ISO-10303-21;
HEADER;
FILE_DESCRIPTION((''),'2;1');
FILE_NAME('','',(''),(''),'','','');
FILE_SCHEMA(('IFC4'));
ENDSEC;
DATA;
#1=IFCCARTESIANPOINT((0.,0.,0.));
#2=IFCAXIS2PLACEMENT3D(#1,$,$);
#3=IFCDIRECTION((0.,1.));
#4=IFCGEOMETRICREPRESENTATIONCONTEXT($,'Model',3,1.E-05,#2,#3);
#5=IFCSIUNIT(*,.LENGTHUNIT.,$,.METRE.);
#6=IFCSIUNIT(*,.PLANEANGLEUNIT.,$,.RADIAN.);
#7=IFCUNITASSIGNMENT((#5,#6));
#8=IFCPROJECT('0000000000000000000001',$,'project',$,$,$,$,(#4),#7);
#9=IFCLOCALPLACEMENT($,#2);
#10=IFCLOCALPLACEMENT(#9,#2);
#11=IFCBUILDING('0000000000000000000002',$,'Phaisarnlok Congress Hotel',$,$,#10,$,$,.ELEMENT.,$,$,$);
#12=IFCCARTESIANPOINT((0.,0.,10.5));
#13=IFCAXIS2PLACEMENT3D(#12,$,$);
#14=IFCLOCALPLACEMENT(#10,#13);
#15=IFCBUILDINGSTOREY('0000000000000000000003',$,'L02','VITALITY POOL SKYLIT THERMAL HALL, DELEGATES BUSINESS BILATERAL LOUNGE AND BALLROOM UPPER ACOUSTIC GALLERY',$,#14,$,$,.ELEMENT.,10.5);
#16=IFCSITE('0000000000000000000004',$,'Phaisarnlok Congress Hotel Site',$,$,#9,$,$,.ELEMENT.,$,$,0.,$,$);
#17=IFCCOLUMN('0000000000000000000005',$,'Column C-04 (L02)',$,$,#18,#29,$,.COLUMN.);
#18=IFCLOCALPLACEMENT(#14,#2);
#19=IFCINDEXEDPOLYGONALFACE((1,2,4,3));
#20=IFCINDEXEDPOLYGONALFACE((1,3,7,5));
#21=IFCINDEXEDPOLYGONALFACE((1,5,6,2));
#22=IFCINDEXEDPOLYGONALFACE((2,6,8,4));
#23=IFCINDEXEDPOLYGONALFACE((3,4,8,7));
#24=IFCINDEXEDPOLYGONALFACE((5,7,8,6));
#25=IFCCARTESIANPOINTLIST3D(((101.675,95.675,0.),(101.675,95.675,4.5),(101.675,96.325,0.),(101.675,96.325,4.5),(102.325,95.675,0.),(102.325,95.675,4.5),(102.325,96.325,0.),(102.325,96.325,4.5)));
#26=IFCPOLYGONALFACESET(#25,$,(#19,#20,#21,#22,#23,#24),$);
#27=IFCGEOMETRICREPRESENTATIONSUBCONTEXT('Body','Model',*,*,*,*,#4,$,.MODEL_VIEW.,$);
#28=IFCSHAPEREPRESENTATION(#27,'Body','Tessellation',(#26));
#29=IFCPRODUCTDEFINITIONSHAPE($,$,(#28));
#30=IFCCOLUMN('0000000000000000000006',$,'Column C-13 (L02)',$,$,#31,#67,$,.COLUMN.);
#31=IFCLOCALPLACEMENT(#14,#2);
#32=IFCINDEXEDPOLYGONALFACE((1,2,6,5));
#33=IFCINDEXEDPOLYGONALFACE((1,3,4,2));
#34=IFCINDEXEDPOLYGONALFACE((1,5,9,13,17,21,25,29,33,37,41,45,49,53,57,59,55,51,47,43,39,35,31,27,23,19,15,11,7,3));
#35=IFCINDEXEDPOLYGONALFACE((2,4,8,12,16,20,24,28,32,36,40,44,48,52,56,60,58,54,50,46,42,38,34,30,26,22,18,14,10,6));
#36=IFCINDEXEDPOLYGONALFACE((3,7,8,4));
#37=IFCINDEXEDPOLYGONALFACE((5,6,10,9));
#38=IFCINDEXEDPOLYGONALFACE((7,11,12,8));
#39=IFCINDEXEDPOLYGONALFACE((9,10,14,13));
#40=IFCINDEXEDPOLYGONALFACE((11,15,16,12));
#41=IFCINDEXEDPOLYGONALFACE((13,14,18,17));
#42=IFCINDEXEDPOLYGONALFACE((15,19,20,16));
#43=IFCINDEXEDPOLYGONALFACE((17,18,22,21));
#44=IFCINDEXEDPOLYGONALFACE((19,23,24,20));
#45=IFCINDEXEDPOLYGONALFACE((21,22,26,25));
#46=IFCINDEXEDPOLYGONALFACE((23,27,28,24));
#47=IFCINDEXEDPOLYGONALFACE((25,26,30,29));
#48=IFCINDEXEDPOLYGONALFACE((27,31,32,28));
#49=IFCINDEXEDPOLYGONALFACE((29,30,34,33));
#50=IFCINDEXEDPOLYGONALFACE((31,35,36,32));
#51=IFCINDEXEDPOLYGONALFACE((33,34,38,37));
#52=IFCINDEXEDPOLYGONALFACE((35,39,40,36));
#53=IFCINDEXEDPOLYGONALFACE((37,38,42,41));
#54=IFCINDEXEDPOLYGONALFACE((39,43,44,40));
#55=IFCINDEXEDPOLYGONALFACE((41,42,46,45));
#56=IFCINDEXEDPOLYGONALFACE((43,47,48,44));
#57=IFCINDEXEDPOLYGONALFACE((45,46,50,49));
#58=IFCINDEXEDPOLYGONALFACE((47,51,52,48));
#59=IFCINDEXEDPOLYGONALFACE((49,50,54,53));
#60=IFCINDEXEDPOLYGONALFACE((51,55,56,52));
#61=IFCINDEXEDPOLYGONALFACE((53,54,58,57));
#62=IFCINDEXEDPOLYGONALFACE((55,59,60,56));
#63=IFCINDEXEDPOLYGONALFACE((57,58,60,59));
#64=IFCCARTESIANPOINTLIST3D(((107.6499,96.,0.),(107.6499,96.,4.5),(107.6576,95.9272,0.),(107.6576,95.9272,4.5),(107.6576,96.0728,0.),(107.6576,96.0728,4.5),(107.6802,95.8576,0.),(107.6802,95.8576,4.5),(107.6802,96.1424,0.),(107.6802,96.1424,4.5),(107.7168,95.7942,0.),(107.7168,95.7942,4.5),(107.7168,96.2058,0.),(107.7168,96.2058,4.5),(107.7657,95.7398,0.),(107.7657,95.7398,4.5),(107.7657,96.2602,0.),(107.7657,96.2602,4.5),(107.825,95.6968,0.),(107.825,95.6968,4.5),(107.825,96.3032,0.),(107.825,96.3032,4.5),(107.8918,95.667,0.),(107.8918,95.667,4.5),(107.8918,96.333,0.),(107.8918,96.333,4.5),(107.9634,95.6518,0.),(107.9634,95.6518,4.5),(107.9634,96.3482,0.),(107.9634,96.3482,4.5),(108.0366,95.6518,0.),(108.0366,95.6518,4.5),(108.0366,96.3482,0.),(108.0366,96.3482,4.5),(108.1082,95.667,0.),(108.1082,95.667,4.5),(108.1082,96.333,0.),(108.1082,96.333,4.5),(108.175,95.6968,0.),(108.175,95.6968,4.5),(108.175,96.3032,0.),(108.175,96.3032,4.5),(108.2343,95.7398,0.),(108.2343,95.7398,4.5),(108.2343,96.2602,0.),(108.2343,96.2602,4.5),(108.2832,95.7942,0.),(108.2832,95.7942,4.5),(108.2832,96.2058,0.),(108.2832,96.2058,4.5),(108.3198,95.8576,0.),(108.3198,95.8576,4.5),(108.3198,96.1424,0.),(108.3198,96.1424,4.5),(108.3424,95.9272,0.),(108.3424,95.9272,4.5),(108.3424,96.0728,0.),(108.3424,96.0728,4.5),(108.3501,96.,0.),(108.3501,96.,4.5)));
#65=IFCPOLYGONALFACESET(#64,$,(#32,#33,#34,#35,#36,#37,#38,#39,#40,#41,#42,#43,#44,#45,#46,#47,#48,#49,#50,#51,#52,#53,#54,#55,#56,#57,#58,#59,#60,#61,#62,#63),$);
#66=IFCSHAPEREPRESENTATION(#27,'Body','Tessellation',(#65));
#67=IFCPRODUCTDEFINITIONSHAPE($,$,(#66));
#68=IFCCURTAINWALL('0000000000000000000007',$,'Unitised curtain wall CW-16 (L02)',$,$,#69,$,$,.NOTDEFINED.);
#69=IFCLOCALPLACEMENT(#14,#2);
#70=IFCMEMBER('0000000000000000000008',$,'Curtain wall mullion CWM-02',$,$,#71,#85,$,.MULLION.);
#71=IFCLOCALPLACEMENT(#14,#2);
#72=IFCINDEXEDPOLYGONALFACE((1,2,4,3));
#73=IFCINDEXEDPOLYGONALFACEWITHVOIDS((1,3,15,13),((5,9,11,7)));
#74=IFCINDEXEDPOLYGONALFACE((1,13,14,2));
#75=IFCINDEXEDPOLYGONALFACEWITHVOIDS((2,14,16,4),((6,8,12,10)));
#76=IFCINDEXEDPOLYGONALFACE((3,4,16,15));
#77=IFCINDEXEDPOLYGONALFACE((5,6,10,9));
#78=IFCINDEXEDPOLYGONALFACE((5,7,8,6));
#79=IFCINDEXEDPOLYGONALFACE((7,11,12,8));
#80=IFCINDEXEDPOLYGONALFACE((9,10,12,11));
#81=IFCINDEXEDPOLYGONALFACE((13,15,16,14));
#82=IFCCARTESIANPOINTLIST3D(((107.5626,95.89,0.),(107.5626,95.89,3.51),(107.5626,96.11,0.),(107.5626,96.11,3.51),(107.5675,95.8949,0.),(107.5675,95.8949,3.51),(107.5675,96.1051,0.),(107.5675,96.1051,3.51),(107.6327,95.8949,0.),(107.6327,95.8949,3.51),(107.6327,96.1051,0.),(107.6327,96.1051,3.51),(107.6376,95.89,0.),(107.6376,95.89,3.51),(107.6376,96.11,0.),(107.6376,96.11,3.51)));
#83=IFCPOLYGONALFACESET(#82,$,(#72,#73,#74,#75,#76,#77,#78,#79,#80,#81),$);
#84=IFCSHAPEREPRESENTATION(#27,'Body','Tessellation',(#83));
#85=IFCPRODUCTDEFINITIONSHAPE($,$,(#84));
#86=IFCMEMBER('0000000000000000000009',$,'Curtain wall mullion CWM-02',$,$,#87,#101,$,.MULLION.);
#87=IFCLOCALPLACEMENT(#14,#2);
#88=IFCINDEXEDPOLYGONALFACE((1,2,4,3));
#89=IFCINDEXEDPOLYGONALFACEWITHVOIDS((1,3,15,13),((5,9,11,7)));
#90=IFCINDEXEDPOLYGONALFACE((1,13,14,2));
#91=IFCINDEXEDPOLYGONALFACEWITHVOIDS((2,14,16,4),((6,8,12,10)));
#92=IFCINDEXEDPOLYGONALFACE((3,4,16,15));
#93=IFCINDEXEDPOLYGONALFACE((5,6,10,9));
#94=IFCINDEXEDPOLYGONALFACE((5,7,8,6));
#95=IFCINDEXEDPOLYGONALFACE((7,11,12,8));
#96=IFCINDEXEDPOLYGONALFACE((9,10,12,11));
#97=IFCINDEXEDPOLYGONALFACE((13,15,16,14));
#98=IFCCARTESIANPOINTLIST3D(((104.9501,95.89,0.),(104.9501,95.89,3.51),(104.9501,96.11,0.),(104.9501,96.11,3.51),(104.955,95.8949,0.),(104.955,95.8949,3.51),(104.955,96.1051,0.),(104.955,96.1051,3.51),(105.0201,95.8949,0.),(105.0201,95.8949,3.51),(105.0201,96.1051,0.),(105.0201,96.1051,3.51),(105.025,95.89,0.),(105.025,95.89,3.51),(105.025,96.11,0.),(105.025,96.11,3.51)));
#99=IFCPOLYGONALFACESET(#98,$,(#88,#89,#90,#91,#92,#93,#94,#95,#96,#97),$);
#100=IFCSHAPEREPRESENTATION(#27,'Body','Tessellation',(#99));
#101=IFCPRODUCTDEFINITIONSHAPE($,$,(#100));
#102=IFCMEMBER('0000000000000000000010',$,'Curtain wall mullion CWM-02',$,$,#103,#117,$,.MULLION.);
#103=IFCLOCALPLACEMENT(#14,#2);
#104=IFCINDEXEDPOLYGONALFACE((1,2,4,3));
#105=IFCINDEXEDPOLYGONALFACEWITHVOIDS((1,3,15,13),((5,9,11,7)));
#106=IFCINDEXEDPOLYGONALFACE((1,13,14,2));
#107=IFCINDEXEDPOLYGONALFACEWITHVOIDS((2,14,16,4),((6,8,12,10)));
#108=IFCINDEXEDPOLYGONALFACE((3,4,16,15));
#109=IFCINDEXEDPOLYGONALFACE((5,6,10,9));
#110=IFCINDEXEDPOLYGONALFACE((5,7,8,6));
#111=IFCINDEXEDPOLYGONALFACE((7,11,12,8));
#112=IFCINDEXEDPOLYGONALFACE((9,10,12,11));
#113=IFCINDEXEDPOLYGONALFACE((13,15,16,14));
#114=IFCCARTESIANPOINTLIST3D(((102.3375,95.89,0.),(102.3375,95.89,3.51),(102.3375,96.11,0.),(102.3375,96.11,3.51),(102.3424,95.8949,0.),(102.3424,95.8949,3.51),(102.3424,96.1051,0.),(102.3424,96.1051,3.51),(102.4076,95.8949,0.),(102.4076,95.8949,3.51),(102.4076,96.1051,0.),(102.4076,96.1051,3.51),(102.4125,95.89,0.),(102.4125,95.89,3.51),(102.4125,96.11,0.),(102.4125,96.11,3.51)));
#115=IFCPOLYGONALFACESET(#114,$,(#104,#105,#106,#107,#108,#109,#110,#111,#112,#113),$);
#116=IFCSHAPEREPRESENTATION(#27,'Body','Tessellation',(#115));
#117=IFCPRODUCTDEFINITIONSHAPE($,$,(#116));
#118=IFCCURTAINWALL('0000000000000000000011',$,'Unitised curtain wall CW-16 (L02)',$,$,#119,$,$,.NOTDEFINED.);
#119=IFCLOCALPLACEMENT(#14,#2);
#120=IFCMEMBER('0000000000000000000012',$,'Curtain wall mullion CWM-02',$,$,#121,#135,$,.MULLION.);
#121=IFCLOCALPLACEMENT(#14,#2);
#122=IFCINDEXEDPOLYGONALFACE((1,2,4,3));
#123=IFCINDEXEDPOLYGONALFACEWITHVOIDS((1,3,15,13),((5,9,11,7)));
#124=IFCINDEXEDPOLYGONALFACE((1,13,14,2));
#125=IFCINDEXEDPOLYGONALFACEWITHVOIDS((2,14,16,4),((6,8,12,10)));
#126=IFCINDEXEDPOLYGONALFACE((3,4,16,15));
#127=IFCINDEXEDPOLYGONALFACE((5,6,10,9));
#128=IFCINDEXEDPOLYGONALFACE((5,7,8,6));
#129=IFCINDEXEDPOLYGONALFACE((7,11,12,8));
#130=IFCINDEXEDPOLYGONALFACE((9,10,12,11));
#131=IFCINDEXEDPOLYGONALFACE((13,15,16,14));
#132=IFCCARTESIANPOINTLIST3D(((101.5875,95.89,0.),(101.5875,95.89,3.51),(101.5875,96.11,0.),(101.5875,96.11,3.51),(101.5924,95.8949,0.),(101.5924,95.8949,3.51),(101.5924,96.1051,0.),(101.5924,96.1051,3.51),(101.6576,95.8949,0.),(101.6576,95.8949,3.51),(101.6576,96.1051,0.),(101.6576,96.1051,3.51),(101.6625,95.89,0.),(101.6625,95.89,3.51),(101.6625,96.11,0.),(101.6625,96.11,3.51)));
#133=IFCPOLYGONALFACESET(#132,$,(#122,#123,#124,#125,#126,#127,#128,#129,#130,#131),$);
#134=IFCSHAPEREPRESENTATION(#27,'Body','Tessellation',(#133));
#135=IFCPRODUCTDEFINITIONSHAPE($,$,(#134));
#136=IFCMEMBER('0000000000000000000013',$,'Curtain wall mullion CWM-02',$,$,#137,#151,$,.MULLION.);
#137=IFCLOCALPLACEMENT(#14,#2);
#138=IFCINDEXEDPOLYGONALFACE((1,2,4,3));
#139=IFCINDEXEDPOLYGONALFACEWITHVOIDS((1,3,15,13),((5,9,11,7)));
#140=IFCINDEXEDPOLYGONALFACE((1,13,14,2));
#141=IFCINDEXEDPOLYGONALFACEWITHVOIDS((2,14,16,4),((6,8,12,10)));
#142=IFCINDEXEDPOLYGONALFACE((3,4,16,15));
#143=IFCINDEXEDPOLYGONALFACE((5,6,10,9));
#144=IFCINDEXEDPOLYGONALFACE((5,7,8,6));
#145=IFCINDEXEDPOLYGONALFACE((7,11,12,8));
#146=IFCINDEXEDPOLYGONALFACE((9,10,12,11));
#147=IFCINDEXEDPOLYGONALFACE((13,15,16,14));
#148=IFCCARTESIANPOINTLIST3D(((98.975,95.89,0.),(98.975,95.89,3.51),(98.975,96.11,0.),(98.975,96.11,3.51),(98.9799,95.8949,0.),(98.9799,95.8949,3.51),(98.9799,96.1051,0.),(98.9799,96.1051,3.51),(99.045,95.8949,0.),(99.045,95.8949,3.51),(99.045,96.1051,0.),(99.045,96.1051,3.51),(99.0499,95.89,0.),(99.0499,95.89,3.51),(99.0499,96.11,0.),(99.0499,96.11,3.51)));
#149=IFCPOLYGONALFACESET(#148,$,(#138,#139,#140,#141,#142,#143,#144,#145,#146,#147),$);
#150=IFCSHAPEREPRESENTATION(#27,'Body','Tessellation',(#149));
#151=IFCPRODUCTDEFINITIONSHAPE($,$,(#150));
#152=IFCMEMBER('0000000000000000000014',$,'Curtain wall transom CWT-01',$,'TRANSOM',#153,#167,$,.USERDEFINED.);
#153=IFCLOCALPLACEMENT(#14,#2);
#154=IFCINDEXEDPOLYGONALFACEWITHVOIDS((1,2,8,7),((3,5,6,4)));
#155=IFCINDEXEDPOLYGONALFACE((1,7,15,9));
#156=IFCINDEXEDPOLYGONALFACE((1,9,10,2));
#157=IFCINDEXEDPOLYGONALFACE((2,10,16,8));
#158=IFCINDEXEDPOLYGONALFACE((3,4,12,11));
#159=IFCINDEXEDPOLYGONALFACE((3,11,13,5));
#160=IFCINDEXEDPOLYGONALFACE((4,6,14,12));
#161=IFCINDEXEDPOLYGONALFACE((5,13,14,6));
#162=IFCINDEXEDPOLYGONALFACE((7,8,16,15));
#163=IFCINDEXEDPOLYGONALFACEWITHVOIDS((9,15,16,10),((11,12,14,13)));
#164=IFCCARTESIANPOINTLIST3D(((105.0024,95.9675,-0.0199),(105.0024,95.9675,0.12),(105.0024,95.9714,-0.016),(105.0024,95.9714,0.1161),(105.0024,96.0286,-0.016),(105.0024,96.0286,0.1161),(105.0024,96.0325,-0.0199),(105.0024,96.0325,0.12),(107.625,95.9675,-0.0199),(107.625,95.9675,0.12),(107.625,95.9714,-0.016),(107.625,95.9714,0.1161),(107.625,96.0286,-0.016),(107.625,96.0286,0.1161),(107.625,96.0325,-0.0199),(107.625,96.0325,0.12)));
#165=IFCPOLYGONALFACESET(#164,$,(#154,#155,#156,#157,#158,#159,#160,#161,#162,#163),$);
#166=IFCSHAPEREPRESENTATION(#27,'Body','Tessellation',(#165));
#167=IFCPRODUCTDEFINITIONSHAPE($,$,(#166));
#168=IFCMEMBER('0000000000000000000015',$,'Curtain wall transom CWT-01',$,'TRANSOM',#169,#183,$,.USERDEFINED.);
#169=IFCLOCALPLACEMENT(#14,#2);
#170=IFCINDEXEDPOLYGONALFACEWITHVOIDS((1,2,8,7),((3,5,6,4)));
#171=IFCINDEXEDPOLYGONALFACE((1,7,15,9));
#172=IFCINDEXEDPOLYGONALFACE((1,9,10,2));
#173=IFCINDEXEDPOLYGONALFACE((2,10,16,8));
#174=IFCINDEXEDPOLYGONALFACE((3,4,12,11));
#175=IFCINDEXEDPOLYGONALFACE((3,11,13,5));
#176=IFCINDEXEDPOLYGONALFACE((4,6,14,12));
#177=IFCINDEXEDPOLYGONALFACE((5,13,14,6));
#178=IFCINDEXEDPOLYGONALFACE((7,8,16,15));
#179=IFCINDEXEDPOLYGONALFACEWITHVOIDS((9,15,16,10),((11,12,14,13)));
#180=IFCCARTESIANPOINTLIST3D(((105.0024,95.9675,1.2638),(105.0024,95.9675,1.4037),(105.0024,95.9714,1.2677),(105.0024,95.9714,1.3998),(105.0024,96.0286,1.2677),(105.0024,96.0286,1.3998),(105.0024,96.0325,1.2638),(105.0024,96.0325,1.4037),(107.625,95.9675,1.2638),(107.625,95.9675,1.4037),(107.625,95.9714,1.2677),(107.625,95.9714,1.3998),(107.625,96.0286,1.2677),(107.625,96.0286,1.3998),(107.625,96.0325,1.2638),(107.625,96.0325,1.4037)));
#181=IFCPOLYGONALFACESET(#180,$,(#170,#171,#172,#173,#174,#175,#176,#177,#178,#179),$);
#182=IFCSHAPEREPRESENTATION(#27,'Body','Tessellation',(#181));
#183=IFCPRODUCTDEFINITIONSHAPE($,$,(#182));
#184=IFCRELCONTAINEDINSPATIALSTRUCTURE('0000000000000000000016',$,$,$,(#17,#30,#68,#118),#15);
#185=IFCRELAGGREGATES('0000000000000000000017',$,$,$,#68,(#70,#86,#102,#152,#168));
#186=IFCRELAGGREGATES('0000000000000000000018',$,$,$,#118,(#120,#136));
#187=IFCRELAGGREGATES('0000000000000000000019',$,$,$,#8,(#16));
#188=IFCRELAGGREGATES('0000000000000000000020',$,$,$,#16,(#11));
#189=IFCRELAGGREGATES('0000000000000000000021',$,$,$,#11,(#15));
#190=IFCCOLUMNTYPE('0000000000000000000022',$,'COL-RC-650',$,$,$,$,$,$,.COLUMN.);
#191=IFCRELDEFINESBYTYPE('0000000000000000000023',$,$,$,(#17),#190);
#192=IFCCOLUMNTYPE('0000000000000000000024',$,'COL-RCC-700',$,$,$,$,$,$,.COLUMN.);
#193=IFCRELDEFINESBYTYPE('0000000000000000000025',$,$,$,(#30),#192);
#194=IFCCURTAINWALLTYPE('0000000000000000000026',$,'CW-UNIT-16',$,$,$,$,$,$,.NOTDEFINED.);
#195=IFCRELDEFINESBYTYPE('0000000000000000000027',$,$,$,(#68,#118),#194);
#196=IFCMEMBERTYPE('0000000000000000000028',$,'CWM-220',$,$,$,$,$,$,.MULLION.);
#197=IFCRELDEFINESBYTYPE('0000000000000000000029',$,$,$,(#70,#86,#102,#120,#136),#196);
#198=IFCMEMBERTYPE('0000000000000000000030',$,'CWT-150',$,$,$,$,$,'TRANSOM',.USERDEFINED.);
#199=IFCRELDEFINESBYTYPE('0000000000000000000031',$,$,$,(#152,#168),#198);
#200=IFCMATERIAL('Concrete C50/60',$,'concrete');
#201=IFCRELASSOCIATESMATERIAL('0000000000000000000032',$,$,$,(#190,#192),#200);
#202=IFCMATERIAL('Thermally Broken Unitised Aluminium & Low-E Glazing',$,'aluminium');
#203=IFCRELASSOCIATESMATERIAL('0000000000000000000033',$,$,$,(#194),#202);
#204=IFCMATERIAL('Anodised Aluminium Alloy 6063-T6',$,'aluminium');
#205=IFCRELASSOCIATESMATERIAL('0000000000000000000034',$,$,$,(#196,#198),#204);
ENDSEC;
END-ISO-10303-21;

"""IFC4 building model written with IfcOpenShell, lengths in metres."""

from ifc_helpers import new_model, si_unit, direction, frame, origin, origin_2d, place, context, subcontext, project, spatial, rectangle, hollow_rectangle, circle, extrude, material, material_profile, profile_set, type_object, element, aggregate, save


model = new_model("IFC4")

# Units and contexts
model_context = context("Model", 3, precision=1e-05, world=origin(), true_north=direction((0.0, 1.0)))
body_context = subcontext(model_context, "Body", "Model", "MODEL_VIEW")
ifc_project = project(units=[si_unit("LENGTHUNIT", "METRE"), si_unit("PLANEANGLEUNIT", "RADIAN")], contexts=[model_context])

# Site, building, storey
site_placement = place(None, origin())
site = spatial("IfcSite", under=ifc_project, at=site_placement, Name="Phaisarnlok Congress Hotel Site", CompositionType="ELEMENT", RefElevation=0.0)
building_placement = place(site_placement, origin())
building = spatial("IfcBuilding", under=site, at=building_placement, Name="Phaisarnlok Congress Hotel", CompositionType="ELEMENT")
storey_placement = place(building_placement, frame((0.0, 0.0, 10.5)))
storey = spatial("IfcBuildingStorey", under=building, at=storey_placement, Name="L02", Description="VITALITY POOL SKYLIT THERMAL HALL, DELEGATES BUSINESS BILATERAL LOUNGE AND BALLROOM UPPER ACOUSTIC GALLERY", CompositionType="ELEMENT", Elevation=10.5)

# Columns
ifc_material_1 = material(Name="Concrete C50/60", Category="concrete")
ifc_material_profile_1 = material_profile(ifc_material_1, rectangle(XDim=0.6499, YDim=0.6499, at=origin_2d()), Name="RC 650x650")
ifc_profile_set_1 = profile_set([ifc_material_profile_1], Name="Concrete C50/60")
column_type_1 = type_object("IfcColumnType", Name="COL-RC-650", PredefinedType="COLUMN", material=ifc_profile_set_1)
column_1_placement = place(storey_placement, frame((102.0, 96.0, 0.0), z_axis=(0.0, 0.0, 1.0), x_axis=(1.0, 0.0, 0.0)))
element("IfcColumn", 1, at=column_1_placement, inside=storey, type_object=column_type_1, Name="Column C-04 (L02)", PredefinedType="COLUMN", context=body_context, shape_type="SweptSolid", body=[
    extrude(rectangle(XDim=0.6499, YDim=0.6499, at=origin_2d()), origin(), (0.0, 0.0, 1.0), 4.5),
])
ifc_material_profile_2 = material_profile(ifc_material_1, circle(Radius=0.3501, at=origin_2d()), Name="RCC D700")
ifc_profile_set_2 = profile_set([ifc_material_profile_2], Name="Concrete C50/60")
column_type_2 = type_object("IfcColumnType", Name="COL-RCC-700", PredefinedType="COLUMN", material=ifc_profile_set_2)
column_2_placement = place(storey_placement, frame((108.0, 96.0, 0.0), z_axis=(0.0, 0.0, 1.0), x_axis=(1.0, 0.0, 0.0)))
element("IfcColumn", 2, at=column_2_placement, inside=storey, type_object=column_type_2, Name="Column C-13 (L02)", PredefinedType="COLUMN", context=body_context, shape_type="SweptSolid", body=[
    extrude(circle(Radius=0.3501, at=origin_2d()), origin(), (0.0, 0.0, 1.0), 4.5),
])

# Curtain walls, members
ifc_material_2 = material(Name="Thermally Broken Unitised Aluminium & Low-E Glazing", Category="aluminium")
curtain_wall_type = type_object("IfcCurtainWallType", Name="CW-UNIT-16", PredefinedType="NOTDEFINED", material=ifc_material_2)
curtain_wall_1_placement = place(storey_placement, origin())
curtain_wall_1 = element("IfcCurtainWall", 3, at=curtain_wall_1_placement, inside=storey, type_object=curtain_wall_type, Name="Unitised curtain wall CW-16 (L02)", PredefinedType="NOTDEFINED")
ifc_material_3 = material(Name="Anodised Aluminium Alloy 6063-T6", Category="aluminium")
ifc_material_profile_3 = material_profile(ifc_material_3, hollow_rectangle(XDim=0.075, YDim=0.22, WallThickness=0.0049, at=origin_2d()), Name="ALU-M 75x220x5")
ifc_profile_set_3 = profile_set([ifc_material_profile_3], Name="Anodised Aluminium Alloy 6063-T6")
member_type_1 = type_object("IfcMemberType", Name="CWM-220", PredefinedType="MULLION", material=ifc_profile_set_3)
member_1_placement = place(storey_placement, frame((107.6001, 96.0, 0.0), z_axis=(0.0, 0.0, 1.0), x_axis=(-1.0, 0.0, 0.0)))
member_1 = element("IfcMember", 4, at=member_1_placement, type_object=member_type_1, Name="Curtain wall mullion CWM-02", PredefinedType="MULLION", context=body_context, shape_type="SweptSolid", body=[
    extrude(hollow_rectangle(XDim=0.075, YDim=0.22, WallThickness=0.0049, at=origin_2d()), origin(), (0.0, 0.0, 1.0), 3.51),
])
member_2_placement = place(storey_placement, frame((104.9875, 96.0, 0.0), z_axis=(0.0, 0.0, 1.0), x_axis=(-1.0, 0.0, 0.0)))
member_2 = element("IfcMember", 5, at=member_2_placement, type_object=member_type_1, Name="Curtain wall mullion CWM-02", PredefinedType="MULLION", context=body_context, shape_type="SweptSolid", body=[
    extrude(hollow_rectangle(XDim=0.075, YDim=0.22, WallThickness=0.0049, at=origin_2d()), origin(), (0.0, 0.0, 1.0), 3.51),
])
member_3_placement = place(storey_placement, frame((102.375, 96.0, 0.0), z_axis=(0.0, 0.0, 1.0), x_axis=(-1.0, 0.0, 0.0)))
member_3 = element("IfcMember", 6, at=member_3_placement, type_object=member_type_1, Name="Curtain wall mullion CWM-02", PredefinedType="MULLION", context=body_context, shape_type="SweptSolid", body=[
    extrude(hollow_rectangle(XDim=0.075, YDim=0.22, WallThickness=0.0049, at=origin_2d()), origin(), (0.0, 0.0, 1.0), 3.51),
])
curtain_wall_2_placement = place(storey_placement, origin())
curtain_wall_2 = element("IfcCurtainWall", 7, at=curtain_wall_2_placement, inside=storey, type_object=curtain_wall_type, Name="Unitised curtain wall CW-16 (L02)", PredefinedType="NOTDEFINED")
member_4_placement = place(storey_placement, frame((101.625, 96.0, 0.0), z_axis=(0.0, 0.0, 1.0), x_axis=(-1.0, 0.0, 0.0)))
member_4 = element("IfcMember", 8, at=member_4_placement, type_object=member_type_1, Name="Curtain wall mullion CWM-02", PredefinedType="MULLION", context=body_context, shape_type="SweptSolid", body=[
    extrude(hollow_rectangle(XDim=0.075, YDim=0.22, WallThickness=0.0049, at=origin_2d()), origin(), (0.0, 0.0, 1.0), 3.51),
])
member_5_placement = place(storey_placement, frame((99.0125, 96.0, 0.0), z_axis=(0.0, 0.0, 1.0), x_axis=(-1.0, 0.0, 0.0)))
member_5 = element("IfcMember", 9, at=member_5_placement, type_object=member_type_1, Name="Curtain wall mullion CWM-02", PredefinedType="MULLION", context=body_context, shape_type="SweptSolid", body=[
    extrude(hollow_rectangle(XDim=0.075, YDim=0.22, WallThickness=0.0049, at=origin_2d()), origin(), (0.0, 0.0, 1.0), 3.51),
])

# Members
ifc_material_profile_4 = material_profile(ifc_material_3, hollow_rectangle(XDim=0.0649, YDim=0.1399, WallThickness=0.0039, at=origin_2d()), Name="ALU-T 65x140x4")
ifc_profile_set_4 = profile_set([ifc_material_profile_4], Name="Anodised Aluminium Alloy 6063-T6")
member_type_2 = type_object("IfcMemberType", Name="CWT-150", ElementType="TRANSOM", PredefinedType="USERDEFINED", material=ifc_profile_set_4)
member_6_placement = place(storey_placement, frame((107.625, 96.0, 0.05), z_axis=(-1.0, 0.0, 0.0), x_axis=(0.0, -1.0, 0.0)))
member_6 = element("IfcMember", 10, at=member_6_placement, type_object=member_type_2, Name="Curtain wall transom CWT-01", ObjectType="TRANSOM", PredefinedType="USERDEFINED", context=body_context, shape_type="SweptSolid", body=[
    extrude(hollow_rectangle(XDim=0.0649, YDim=0.1399, WallThickness=0.0039, at=origin_2d()), origin(), (0.0, 0.0, 1.0), 2.6226),
])
member_7_placement = place(storey_placement, frame((107.625, 96.0, 1.3337), z_axis=(-1.0, 0.0, 0.0), x_axis=(0.0, -1.0, 0.0)))
member_7 = element("IfcMember", 11, at=member_7_placement, type_object=member_type_2, Name="Curtain wall transom CWT-01", ObjectType="TRANSOM", PredefinedType="USERDEFINED", context=body_context, shape_type="SweptSolid", body=[
    extrude(hollow_rectangle(XDim=0.0649, YDim=0.1399, WallThickness=0.0039, at=origin_2d()), origin(), (0.0, 0.0, 1.0), 2.6226),
])

aggregate(curtain_wall_1, [member_1, member_2, member_3, member_6, member_7])
aggregate(curtain_wall_2, [member_4, member_5])

save(model, "model.ifc")
